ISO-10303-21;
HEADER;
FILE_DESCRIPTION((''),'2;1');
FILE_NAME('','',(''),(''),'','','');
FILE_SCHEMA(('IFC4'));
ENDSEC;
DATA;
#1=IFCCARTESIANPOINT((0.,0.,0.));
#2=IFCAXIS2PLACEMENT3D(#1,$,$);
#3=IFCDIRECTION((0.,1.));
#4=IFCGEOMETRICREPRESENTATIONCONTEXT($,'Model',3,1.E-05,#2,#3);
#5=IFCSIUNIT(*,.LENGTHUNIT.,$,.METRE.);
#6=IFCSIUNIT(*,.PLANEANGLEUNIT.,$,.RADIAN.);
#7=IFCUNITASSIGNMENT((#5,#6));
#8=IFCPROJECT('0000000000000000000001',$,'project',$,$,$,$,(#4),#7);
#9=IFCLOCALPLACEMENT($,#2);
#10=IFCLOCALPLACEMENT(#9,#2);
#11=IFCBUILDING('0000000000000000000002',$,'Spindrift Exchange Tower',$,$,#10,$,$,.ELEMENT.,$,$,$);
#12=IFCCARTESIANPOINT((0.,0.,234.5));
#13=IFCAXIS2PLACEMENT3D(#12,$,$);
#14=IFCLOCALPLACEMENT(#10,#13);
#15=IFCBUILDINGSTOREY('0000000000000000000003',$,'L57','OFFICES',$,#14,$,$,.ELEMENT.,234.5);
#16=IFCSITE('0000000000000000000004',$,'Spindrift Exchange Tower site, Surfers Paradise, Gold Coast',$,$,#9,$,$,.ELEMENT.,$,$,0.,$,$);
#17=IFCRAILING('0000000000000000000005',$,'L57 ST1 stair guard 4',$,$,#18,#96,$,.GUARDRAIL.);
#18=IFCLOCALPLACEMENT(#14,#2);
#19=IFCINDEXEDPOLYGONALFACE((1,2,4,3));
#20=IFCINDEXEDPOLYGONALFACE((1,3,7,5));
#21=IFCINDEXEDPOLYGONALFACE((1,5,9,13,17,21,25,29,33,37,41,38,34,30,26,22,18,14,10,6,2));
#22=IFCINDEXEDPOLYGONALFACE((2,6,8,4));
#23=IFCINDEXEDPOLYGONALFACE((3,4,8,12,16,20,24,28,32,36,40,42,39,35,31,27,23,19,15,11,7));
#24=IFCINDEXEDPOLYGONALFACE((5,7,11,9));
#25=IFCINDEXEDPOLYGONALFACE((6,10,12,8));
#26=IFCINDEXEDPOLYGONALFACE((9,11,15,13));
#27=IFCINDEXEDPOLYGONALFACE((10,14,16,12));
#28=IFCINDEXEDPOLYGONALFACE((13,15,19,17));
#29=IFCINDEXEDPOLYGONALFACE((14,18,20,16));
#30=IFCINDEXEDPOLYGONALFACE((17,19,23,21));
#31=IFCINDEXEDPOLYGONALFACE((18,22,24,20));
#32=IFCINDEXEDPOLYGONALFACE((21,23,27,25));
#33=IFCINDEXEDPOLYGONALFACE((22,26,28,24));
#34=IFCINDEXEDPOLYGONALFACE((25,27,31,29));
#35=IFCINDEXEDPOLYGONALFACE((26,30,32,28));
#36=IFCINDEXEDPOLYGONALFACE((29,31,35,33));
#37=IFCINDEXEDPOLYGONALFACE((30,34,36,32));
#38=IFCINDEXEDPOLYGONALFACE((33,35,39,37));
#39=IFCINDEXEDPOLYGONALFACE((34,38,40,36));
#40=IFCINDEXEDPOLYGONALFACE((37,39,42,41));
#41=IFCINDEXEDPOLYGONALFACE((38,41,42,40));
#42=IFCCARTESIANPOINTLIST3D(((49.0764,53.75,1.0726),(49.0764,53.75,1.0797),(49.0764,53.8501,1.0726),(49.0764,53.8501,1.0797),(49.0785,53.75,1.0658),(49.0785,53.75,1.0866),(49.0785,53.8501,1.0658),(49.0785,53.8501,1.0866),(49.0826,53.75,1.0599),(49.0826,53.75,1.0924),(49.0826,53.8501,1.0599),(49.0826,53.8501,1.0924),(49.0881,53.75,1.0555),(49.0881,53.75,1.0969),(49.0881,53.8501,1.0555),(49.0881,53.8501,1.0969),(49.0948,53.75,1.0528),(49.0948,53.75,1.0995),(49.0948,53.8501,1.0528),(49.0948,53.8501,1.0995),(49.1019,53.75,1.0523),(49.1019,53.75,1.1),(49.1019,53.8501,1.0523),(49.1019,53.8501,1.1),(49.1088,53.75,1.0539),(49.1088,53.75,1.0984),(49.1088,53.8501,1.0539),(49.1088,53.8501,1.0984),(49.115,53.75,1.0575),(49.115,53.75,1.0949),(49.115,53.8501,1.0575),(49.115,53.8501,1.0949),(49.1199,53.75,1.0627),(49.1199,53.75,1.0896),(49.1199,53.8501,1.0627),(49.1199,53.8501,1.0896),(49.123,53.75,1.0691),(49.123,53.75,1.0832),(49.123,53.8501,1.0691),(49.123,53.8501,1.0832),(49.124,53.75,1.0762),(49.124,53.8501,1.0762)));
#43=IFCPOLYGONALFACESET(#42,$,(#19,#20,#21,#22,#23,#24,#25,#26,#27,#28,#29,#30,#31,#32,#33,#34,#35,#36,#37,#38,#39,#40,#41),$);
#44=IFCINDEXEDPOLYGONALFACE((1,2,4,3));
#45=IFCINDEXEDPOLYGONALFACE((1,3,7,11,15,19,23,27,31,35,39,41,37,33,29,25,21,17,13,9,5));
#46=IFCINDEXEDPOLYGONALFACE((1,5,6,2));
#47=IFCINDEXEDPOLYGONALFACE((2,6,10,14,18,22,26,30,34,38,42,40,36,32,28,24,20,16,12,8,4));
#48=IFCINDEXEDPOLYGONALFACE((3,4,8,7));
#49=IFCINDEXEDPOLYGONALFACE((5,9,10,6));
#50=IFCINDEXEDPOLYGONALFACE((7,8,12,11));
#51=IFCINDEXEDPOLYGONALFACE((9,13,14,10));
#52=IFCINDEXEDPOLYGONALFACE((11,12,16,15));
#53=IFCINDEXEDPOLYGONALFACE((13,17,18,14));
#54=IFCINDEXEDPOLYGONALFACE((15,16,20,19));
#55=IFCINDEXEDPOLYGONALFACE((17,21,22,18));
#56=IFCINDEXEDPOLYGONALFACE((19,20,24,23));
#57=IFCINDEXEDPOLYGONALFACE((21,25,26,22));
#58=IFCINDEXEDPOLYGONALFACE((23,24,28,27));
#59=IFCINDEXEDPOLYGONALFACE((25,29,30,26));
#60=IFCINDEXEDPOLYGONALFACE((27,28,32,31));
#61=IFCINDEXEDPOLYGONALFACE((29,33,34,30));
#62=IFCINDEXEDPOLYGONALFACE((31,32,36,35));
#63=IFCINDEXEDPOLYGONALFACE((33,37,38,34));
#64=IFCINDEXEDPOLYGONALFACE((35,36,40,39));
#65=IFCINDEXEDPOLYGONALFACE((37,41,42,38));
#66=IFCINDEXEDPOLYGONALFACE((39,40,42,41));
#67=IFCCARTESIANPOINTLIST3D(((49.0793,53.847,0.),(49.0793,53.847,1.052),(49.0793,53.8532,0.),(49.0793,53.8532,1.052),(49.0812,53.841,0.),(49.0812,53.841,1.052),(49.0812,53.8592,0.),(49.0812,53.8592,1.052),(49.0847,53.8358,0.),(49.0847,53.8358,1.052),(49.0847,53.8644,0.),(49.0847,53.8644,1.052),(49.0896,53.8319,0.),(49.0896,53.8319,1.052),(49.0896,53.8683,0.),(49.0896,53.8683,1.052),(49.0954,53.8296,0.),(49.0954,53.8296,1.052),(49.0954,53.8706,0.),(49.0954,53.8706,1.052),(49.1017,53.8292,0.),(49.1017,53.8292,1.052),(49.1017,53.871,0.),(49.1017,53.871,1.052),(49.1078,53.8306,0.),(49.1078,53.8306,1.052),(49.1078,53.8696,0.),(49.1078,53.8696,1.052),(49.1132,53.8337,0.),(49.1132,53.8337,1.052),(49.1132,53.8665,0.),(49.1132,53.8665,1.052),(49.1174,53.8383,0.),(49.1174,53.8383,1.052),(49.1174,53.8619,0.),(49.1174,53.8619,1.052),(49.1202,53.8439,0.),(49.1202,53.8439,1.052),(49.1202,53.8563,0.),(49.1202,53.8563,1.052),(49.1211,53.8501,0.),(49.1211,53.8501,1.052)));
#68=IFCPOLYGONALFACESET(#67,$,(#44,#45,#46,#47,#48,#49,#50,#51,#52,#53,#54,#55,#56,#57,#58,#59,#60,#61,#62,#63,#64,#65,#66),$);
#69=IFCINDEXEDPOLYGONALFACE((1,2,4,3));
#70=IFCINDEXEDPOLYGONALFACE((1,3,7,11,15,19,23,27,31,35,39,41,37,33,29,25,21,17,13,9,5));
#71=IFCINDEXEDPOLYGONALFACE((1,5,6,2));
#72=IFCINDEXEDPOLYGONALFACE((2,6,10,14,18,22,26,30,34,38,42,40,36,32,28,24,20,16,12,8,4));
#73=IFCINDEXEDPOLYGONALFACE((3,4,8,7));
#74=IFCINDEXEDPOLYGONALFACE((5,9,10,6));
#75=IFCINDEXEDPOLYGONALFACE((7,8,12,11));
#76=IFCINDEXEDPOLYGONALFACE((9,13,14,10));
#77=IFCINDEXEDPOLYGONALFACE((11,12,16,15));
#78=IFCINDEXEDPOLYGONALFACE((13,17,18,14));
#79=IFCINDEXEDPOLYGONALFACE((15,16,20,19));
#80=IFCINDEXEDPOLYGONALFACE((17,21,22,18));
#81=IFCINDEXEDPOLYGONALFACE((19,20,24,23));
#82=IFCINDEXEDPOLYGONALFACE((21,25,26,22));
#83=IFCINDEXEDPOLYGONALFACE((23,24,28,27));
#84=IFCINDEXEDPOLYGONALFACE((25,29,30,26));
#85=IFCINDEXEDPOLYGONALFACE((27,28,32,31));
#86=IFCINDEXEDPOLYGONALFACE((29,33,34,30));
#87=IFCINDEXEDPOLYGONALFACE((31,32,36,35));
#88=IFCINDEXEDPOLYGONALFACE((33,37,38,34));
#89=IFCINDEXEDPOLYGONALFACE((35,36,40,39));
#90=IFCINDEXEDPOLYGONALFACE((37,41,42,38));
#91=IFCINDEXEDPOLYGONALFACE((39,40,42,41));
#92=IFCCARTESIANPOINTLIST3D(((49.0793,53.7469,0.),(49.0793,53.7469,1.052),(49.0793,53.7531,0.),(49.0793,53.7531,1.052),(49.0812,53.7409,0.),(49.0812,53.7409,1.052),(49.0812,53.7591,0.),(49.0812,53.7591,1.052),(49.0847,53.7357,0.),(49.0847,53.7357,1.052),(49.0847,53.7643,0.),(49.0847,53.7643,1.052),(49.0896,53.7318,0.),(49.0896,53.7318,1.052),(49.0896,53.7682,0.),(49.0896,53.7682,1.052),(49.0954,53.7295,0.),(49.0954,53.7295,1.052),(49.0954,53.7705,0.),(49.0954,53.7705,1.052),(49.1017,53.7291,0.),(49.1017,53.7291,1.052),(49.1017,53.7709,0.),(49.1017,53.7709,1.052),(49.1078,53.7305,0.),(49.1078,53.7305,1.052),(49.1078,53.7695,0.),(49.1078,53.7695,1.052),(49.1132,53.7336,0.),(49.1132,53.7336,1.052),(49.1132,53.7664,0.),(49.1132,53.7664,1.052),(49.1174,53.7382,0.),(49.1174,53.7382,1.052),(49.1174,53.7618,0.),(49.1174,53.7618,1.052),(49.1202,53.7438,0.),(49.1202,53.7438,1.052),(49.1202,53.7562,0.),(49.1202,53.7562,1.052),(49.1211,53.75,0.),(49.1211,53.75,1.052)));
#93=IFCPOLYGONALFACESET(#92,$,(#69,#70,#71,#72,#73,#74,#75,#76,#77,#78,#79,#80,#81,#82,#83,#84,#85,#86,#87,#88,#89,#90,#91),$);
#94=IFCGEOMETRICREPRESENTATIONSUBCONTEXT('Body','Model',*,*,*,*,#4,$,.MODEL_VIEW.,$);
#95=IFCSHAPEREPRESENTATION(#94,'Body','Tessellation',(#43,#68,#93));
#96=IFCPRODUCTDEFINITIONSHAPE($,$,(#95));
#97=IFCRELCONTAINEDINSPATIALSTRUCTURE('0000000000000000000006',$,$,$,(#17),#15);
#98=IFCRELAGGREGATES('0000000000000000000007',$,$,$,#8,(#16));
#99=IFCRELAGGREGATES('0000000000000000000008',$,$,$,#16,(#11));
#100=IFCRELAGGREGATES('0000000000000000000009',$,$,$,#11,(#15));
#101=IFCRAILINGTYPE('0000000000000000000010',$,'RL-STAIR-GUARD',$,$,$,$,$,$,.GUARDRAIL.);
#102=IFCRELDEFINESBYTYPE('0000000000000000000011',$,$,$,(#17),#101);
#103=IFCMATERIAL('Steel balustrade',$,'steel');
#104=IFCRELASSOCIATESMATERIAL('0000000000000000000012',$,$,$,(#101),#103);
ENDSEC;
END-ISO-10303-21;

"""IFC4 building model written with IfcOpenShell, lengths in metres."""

from ifc_helpers import new_model, si_unit, direction, frame, origin, origin_2d, place, context, subcontext, project, spatial, circle, extrude, material, type_object, element, save


model = new_model("IFC4")

# Units and contexts
model_context = context("Model", 3, precision=1e-05, world=origin(), true_north=direction((0.0, 1.0)))
body_context = subcontext(model_context, "Body", "Model", "MODEL_VIEW")
ifc_project = project(units=[si_unit("LENGTHUNIT", "METRE"), si_unit("PLANEANGLEUNIT", "RADIAN")], contexts=[model_context])

# Site, building, storey
site_placement = place(None, origin())
site = spatial("IfcSite", under=ifc_project, at=site_placement, Name="Spindrift Exchange Tower site, Surfers Paradise, Gold Coast", CompositionType="ELEMENT", RefElevation=0.0)
building_placement = place(site_placement, origin())
building = spatial("IfcBuilding", under=site, at=building_placement, Name="Spindrift Exchange Tower", CompositionType="ELEMENT")
storey_placement = place(building_placement, frame((0.0, 0.0, 234.5)))
storey = spatial("IfcBuildingStorey", under=building, at=storey_placement, Name="L57", Description="OFFICES", CompositionType="ELEMENT", Elevation=234.5)

# Railing
ifc_material_1 = material(Name="Steel balustrade", Category="steel")
railing_type_1 = type_object("IfcRailingType", Name="RL-STAIR-GUARD", PredefinedType="GUARDRAIL", material=ifc_material_1)
railing_1_placement = place(storey_placement, frame((49.1001, 53.8501, 0.0)))
element("IfcRailing", 1, at=railing_1_placement, inside=storey, type_object=railing_type_1, Name="L57 ST1 stair guard 4", PredefinedType="GUARDRAIL", context=body_context, shape_type="SweptSolid", body=[
    extrude(circle(Radius=0.0239, at=origin_2d()), frame((0.0, 0.0, 1.0762), z_axis=(0.0, -1.0, 0.0), x_axis=(1.0, 0.0, 0.0)), (0.0, 0.0, 1.0), 0.1001),
    extrude(circle(Radius=0.021, at=origin_2d()), origin(), (0.0, 0.0, 1.0), 1.052),
    extrude(circle(Radius=0.021, at=origin_2d()), frame((0.0, -0.1001, 0.0)), (0.0, 0.0, 1.0), 1.052),
])

save(model, "model.ifc")
